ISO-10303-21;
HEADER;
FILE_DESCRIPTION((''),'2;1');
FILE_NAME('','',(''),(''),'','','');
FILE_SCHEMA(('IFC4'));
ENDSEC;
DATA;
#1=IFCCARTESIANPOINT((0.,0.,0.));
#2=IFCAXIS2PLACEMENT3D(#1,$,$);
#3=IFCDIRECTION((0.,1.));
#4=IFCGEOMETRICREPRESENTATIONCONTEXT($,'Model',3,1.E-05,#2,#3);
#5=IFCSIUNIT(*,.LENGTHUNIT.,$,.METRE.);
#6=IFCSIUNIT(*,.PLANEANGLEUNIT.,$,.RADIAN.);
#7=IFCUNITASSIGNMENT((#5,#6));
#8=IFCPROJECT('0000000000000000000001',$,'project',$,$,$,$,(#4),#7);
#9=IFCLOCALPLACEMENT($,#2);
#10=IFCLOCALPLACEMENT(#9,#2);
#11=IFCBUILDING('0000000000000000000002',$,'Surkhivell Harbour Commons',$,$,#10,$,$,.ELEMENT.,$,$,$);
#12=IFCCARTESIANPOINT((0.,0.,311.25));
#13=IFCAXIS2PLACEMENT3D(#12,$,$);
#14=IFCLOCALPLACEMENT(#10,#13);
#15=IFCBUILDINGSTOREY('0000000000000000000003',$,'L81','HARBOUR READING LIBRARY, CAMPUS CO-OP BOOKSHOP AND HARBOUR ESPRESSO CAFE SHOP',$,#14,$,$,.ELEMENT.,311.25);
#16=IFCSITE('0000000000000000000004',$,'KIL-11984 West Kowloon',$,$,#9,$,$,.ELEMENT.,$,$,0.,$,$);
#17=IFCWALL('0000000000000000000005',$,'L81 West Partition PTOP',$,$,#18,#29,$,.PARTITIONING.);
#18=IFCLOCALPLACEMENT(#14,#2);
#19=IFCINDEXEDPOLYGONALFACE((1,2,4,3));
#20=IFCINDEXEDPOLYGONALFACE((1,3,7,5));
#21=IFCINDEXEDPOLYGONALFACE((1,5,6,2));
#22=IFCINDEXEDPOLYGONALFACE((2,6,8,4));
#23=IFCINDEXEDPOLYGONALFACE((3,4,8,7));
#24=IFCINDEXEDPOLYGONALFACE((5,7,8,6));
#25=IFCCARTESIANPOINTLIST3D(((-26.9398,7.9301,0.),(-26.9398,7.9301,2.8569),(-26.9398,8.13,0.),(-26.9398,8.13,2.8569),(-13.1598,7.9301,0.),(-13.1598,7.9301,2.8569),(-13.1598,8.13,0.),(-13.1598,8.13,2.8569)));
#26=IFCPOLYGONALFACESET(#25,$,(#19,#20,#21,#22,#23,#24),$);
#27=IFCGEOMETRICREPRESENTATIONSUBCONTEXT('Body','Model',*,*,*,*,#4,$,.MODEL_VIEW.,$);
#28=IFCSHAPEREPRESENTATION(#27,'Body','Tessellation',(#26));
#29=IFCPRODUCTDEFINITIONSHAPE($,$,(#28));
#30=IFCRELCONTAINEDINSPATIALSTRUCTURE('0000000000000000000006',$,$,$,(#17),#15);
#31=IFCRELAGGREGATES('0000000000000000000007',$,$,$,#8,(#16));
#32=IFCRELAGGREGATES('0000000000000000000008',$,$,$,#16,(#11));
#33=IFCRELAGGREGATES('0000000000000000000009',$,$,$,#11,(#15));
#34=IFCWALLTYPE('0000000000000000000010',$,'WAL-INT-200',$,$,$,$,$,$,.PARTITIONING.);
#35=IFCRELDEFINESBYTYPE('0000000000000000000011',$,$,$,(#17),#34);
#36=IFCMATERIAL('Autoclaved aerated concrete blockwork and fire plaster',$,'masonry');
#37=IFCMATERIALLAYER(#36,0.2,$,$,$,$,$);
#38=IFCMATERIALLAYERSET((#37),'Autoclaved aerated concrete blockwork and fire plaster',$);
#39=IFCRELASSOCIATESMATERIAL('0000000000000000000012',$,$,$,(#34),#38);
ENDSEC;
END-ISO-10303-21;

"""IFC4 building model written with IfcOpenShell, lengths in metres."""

from ifc_helpers import new_model, si_unit, direction, frame, frame_2d, origin, place, context, subcontext, project, spatial, rectangle, extrude, material, layer, layer_set, type_object, element, save


model = new_model("IFC4")

# Units and contexts
model_context = context("Model", 3, precision=1e-05, world=origin(), true_north=direction((0.0, 1.0)))
body_context = subcontext(model_context, "Body", "Model", "MODEL_VIEW")
ifc_project = project(units=[si_unit("LENGTHUNIT", "METRE"), si_unit("PLANEANGLEUNIT", "RADIAN")], contexts=[model_context])

# Site, building, storey
site_placement = place(None, origin())
site = spatial("IfcSite", under=ifc_project, at=site_placement, Name="KIL-11984 West Kowloon", CompositionType="ELEMENT", RefElevation=0.0)
building_placement = place(site_placement, origin())
building = spatial("IfcBuilding", under=site, at=building_placement, Name="Surkhivell Harbour Commons", CompositionType="ELEMENT")
storey_placement = place(building_placement, frame((0.0, 0.0, 311.25)))
storey = spatial("IfcBuildingStorey", under=building, at=storey_placement, Name="L81", Description="HARBOUR READING LIBRARY, CAMPUS CO-OP BOOKSHOP AND HARBOUR ESPRESSO CAFE SHOP", CompositionType="ELEMENT", Elevation=311.25)

# Wall
ifc_material_1 = material(Name="Autoclaved aerated concrete blockwork and fire plaster", Category="masonry")
ifc_layer_1 = layer(ifc_material_1, 0.2)
ifc_layer_set_1 = layer_set([ifc_layer_1], Name="Autoclaved aerated concrete blockwork and fire plaster")
wall_type_1 = type_object("IfcWallType", Name="WAL-INT-200", PredefinedType="PARTITIONING", material=ifc_layer_set_1)
wall_1_placement = place(storey_placement, frame((-26.9399, 8.03, 0.0), z_axis=(0.0, 0.0, 1.0), x_axis=(1.0, 0.0, 0.0)))
element("IfcWall", 1, at=wall_1_placement, inside=storey, type_object=wall_type_1, Name="L81 West Partition PTOP", PredefinedType="PARTITIONING", context=body_context, shape_type="SweptSolid", body=[
    extrude(rectangle(XDim=13.78, YDim=0.2, at=frame_2d((6.8901, 0.0))), origin(), (0.0, 0.0, 1.0), 2.8569),
])

save(model, "model.ifc")
